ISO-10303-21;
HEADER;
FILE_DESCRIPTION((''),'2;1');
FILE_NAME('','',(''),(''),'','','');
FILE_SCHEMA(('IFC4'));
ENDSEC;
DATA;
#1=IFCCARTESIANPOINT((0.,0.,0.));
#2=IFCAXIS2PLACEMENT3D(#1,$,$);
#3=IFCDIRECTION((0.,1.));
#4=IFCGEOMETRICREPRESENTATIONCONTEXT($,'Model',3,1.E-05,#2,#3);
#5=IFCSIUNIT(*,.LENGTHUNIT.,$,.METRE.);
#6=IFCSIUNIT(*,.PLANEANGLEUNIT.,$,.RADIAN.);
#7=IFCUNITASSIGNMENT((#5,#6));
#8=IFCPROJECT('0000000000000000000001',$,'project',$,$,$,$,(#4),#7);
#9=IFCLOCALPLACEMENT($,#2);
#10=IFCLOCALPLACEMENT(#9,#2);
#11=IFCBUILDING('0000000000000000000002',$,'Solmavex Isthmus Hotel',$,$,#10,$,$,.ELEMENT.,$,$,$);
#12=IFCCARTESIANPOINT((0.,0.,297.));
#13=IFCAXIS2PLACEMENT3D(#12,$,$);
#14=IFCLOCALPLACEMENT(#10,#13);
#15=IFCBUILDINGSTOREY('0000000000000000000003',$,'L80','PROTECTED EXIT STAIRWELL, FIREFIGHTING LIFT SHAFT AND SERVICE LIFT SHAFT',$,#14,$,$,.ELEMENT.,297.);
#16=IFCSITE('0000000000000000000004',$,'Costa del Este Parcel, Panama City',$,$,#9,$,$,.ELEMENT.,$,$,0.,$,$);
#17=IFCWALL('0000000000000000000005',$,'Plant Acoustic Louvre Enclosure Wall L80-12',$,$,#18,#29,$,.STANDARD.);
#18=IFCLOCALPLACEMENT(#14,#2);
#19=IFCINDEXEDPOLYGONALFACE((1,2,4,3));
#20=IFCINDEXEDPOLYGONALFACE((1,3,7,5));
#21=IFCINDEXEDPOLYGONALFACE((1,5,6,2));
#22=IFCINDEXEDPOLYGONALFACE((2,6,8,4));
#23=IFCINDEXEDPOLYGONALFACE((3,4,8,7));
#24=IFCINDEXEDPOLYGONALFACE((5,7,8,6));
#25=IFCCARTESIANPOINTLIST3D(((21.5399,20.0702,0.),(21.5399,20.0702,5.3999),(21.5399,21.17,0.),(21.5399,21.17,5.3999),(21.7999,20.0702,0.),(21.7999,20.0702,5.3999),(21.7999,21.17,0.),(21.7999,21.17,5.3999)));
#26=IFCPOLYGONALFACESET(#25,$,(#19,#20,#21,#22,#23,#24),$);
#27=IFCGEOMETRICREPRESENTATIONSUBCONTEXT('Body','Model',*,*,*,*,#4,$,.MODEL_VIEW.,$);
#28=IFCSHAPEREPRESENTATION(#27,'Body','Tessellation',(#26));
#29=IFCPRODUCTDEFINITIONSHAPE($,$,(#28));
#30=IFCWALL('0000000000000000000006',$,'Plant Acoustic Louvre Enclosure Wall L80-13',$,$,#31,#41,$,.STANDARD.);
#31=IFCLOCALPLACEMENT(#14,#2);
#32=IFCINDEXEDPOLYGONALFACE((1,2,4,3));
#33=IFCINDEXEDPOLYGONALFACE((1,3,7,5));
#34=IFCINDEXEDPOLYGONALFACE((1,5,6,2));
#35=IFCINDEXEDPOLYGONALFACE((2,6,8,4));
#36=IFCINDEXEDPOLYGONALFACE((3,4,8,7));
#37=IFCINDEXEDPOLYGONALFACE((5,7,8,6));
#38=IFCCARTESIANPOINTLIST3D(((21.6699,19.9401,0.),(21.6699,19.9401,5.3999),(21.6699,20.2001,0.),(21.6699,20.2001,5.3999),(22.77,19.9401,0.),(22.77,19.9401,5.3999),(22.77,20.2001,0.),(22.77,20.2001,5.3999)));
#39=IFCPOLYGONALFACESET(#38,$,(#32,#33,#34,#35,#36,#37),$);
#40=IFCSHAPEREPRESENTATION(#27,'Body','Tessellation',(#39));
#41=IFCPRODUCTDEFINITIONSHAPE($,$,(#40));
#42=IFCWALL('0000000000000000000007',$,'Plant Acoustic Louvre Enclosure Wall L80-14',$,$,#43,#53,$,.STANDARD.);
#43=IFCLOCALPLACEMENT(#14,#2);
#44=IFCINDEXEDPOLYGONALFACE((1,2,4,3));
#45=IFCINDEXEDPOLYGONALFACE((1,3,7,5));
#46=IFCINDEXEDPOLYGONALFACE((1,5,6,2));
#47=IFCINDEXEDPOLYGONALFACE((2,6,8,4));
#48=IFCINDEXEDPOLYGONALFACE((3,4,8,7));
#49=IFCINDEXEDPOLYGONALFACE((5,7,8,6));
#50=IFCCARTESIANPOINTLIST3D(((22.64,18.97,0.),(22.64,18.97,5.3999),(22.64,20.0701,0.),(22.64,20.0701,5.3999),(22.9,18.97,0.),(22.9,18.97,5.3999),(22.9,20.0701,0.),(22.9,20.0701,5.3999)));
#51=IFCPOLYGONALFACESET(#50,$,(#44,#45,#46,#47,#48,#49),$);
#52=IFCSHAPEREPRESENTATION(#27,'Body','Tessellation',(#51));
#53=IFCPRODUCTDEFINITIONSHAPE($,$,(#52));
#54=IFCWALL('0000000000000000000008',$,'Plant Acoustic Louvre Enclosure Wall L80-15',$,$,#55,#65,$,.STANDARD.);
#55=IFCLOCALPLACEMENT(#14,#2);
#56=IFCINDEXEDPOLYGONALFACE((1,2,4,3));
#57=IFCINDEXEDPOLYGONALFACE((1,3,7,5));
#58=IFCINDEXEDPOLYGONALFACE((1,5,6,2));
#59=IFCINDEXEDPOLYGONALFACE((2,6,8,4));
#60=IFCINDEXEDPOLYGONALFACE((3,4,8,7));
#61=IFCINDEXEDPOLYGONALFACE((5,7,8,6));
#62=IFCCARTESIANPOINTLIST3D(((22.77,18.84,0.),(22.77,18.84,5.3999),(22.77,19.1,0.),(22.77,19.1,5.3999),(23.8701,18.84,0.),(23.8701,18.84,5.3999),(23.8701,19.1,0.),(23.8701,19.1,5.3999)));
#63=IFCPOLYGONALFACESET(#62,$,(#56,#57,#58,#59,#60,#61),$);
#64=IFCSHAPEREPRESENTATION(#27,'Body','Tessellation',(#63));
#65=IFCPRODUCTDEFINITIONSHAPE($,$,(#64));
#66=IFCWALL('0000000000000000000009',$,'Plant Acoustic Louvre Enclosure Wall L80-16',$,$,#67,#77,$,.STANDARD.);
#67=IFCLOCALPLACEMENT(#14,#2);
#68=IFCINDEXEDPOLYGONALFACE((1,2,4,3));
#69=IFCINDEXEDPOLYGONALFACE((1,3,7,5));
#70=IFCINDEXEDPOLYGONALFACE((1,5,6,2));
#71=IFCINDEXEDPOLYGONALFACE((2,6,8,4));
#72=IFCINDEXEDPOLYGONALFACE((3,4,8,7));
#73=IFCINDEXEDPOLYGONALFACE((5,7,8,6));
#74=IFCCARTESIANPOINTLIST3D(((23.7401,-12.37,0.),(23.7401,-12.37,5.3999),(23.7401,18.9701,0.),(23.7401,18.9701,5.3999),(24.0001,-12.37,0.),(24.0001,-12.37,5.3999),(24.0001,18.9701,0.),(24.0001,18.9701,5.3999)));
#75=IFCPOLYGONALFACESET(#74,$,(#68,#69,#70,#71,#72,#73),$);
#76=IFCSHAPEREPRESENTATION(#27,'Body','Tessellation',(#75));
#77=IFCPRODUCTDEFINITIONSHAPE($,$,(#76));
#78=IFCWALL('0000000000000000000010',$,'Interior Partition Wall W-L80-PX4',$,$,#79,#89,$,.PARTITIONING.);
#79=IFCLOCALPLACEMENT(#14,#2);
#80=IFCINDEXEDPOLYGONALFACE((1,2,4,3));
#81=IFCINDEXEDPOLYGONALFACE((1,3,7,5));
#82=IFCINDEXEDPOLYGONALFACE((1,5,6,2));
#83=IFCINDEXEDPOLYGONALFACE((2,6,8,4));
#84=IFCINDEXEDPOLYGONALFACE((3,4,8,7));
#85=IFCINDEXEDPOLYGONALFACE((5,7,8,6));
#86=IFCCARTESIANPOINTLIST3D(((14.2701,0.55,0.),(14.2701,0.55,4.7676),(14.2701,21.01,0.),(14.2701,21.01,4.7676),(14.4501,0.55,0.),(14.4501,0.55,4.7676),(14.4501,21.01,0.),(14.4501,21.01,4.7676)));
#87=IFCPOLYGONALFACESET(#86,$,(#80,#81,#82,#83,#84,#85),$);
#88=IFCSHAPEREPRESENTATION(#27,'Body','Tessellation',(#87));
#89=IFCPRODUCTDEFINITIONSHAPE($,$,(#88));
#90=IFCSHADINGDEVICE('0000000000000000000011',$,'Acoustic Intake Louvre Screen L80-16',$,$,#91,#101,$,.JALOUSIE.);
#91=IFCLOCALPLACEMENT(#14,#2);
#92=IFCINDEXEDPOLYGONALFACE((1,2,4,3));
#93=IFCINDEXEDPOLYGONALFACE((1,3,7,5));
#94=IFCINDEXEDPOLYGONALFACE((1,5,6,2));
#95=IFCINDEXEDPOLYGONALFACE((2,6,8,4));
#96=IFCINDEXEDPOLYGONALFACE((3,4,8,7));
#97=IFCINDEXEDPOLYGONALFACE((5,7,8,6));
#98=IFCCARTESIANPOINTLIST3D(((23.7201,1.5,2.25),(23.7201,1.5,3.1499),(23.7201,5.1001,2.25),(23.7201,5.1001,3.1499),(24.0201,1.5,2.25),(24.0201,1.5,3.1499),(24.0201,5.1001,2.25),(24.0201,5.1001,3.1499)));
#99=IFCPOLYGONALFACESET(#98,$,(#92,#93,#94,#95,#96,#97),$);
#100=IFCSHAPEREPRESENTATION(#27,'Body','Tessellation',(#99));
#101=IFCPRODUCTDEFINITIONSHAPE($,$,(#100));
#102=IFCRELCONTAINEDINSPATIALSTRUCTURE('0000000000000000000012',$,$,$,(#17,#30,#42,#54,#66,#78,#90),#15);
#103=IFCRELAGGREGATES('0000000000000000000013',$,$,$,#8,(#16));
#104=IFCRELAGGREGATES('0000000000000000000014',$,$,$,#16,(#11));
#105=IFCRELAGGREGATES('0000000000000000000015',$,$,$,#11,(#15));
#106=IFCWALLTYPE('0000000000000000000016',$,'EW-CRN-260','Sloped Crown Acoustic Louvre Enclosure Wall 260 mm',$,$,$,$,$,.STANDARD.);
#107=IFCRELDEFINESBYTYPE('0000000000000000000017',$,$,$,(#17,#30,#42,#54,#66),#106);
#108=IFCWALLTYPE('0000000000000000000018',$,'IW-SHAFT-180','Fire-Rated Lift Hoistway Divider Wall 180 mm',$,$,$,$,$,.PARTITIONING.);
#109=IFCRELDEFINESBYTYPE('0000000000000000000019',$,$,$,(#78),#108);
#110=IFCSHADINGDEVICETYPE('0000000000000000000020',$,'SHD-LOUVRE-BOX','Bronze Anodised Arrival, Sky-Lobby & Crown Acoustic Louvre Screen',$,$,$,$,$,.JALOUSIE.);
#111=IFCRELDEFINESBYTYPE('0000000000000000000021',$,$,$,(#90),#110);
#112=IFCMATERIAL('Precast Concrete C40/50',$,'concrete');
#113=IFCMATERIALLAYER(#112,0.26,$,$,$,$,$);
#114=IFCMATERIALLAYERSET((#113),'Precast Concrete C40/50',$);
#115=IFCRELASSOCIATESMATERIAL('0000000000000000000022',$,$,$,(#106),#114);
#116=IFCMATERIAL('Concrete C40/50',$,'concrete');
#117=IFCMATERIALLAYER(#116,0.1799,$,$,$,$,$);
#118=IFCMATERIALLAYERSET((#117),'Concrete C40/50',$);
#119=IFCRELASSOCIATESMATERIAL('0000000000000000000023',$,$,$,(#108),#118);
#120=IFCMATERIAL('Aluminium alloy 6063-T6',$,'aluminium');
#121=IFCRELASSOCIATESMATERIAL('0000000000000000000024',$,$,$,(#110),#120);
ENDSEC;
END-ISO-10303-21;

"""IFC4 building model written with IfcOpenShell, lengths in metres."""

from ifc_helpers import new_model, si_unit, direction, frame, frame_2d, origin, origin_2d, place, context, subcontext, project, spatial, rectangle, extrude, material, layer, layer_set, type_object, element, save


model = new_model("IFC4")

# Units and contexts
model_context = context("Model", 3, precision=1e-05, world=origin(), true_north=direction((0.0, 1.0)))
body_context = subcontext(model_context, "Body", "Model", "MODEL_VIEW")
ifc_project = project(units=[si_unit("LENGTHUNIT", "METRE"), si_unit("PLANEANGLEUNIT", "RADIAN")], contexts=[model_context])

# Site, building, storey
site_placement = place(None, origin())
site = spatial("IfcSite", under=ifc_project, at=site_placement, Name="Costa del Este Parcel, Panama City", CompositionType="ELEMENT", RefElevation=0.0)
building_placement = place(site_placement, origin())
building = spatial("IfcBuilding", under=site, at=building_placement, Name="Solmavex Isthmus Hotel", CompositionType="ELEMENT")
storey_placement = place(building_placement, frame((0.0, 0.0, 297.0)))
storey = spatial("IfcBuildingStorey", under=building, at=storey_placement, Name="L80", Description="PROTECTED EXIT STAIRWELL, FIREFIGHTING LIFT SHAFT AND SERVICE LIFT SHAFT", CompositionType="ELEMENT", Elevation=297.0)

# Walls
ifc_material_1 = material(Name="Precast Concrete C40/50", Category="concrete")
ifc_layer_1 = layer(ifc_material_1, 0.26)
ifc_layer_set_1 = layer_set([ifc_layer_1], Name="Precast Concrete C40/50")
wall_type_1 = type_object("IfcWallType", Name="EW-CRN-260", Description="Sloped Crown Acoustic Louvre Enclosure Wall 260 mm", PredefinedType="STANDARD", material=ifc_layer_set_1)
wall_1_placement = place(storey_placement, frame((21.6699, 21.1699, 0.0), z_axis=(0.0, 0.0, 1.0), x_axis=(0.0, -1.0, 0.0)))
element("IfcWall", 1, at=wall_1_placement, inside=storey, type_object=wall_type_1, Name="Plant Acoustic Louvre Enclosure Wall L80-12", PredefinedType="STANDARD", context=body_context, shape_type="SweptSolid", body=[
    extrude(rectangle(XDim=1.0999, YDim=0.26, at=frame_2d((0.5498, 0.0))), origin(), (0.0, 0.0, 1.0), 5.3999),
])
for number, where, z_axis, x_axis, name in (
    (2, (21.6699, 20.0701, 0.0), (0.0, 0.0, 1.0), (1.0, 0.0, 0.0), "Plant Acoustic Louvre Enclosure Wall L80-13"),
    (3, (22.77, 20.0701, 0.0), (0.0, 0.0, 1.0), (0.0, -1.0, 0.0), "Plant Acoustic Louvre Enclosure Wall L80-14"),
    (4, (22.77, 18.97, 0.0), (0.0, 0.0, 1.0), (1.0, 0.0, 0.0), "Plant Acoustic Louvre Enclosure Wall L80-15"),
):
    element("IfcWall", number, at=place(storey_placement, frame(where, z_axis=z_axis, x_axis=x_axis)), inside=storey, type_object=wall_type_1, Name=name, PredefinedType="STANDARD", context=body_context, shape_type="SweptSolid", body=[
        extrude(rectangle(XDim=1.1001, YDim=0.26, at=frame_2d((0.55, 0.0))), origin(), (0.0, 0.0, 1.0), 5.3999),
    ])
wall_2_placement = place(storey_placement, frame((23.8701, 18.97, 0.0), z_axis=(0.0, 0.0, 1.0), x_axis=(0.0, -1.0, 0.0)))
element("IfcWall", 5, at=wall_2_placement, inside=storey, type_object=wall_type_1, Name="Plant Acoustic Louvre Enclosure Wall L80-16", PredefinedType="STANDARD", context=body_context, shape_type="SweptSolid", body=[
    extrude(rectangle(XDim=31.3401, YDim=0.26, at=frame_2d((15.6699, 0.0))), origin(), (0.0, 0.0, 1.0), 5.3999),
])
ifc_material_2 = material(Name="Concrete C40/50", Category="concrete")
ifc_layer_2 = layer(ifc_material_2, 0.1799)
ifc_layer_set_2 = layer_set([ifc_layer_2], Name="Concrete C40/50")
wall_type_2 = type_object("IfcWallType", Name="IW-SHAFT-180", Description="Fire-Rated Lift Hoistway Divider Wall 180 mm", PredefinedType="PARTITIONING", material=ifc_layer_set_2)
wall_3_placement = place(storey_placement, frame((14.3601, 0.55, 0.0), z_axis=(0.0, 0.0, 1.0), x_axis=(0.0, 1.0, 0.0)))
element("IfcWall", 6, at=wall_3_placement, inside=storey, type_object=wall_type_2, Name="Interior Partition Wall W-L80-PX4", PredefinedType="PARTITIONING", context=body_context, shape_type="SweptSolid", body=[
    extrude(rectangle(XDim=20.46, YDim=0.1799, at=frame_2d((10.23, 0.0))), origin(), (0.0, 0.0, 1.0), 4.7676),
])

# Shading device
ifc_material_3 = material(Name="Aluminium alloy 6063-T6", Category="aluminium")
shading_device_type = type_object("IfcShadingDeviceType", Name="SHD-LOUVRE-BOX", Description="Bronze Anodised Arrival, Sky-Lobby & Crown Acoustic Louvre Screen", PredefinedType="JALOUSIE", material=ifc_material_3)
shading_device_placement = place(storey_placement, frame((23.8701, 3.3, 2.25), z_axis=(0.0, 0.0, 1.0), x_axis=(0.0, -1.0, 0.0)))
element("IfcShadingDevice", 7, at=shading_device_placement, inside=storey, type_object=shading_device_type, Name="Acoustic Intake Louvre Screen L80-16", PredefinedType="JALOUSIE", context=body_context, shape_type="SweptSolid", body=[
    extrude(rectangle(XDim=3.6001, YDim=0.3, at=origin_2d()), origin(), (0.0, 0.0, 1.0), 0.8999),
])

save(model, "model.ifc")
